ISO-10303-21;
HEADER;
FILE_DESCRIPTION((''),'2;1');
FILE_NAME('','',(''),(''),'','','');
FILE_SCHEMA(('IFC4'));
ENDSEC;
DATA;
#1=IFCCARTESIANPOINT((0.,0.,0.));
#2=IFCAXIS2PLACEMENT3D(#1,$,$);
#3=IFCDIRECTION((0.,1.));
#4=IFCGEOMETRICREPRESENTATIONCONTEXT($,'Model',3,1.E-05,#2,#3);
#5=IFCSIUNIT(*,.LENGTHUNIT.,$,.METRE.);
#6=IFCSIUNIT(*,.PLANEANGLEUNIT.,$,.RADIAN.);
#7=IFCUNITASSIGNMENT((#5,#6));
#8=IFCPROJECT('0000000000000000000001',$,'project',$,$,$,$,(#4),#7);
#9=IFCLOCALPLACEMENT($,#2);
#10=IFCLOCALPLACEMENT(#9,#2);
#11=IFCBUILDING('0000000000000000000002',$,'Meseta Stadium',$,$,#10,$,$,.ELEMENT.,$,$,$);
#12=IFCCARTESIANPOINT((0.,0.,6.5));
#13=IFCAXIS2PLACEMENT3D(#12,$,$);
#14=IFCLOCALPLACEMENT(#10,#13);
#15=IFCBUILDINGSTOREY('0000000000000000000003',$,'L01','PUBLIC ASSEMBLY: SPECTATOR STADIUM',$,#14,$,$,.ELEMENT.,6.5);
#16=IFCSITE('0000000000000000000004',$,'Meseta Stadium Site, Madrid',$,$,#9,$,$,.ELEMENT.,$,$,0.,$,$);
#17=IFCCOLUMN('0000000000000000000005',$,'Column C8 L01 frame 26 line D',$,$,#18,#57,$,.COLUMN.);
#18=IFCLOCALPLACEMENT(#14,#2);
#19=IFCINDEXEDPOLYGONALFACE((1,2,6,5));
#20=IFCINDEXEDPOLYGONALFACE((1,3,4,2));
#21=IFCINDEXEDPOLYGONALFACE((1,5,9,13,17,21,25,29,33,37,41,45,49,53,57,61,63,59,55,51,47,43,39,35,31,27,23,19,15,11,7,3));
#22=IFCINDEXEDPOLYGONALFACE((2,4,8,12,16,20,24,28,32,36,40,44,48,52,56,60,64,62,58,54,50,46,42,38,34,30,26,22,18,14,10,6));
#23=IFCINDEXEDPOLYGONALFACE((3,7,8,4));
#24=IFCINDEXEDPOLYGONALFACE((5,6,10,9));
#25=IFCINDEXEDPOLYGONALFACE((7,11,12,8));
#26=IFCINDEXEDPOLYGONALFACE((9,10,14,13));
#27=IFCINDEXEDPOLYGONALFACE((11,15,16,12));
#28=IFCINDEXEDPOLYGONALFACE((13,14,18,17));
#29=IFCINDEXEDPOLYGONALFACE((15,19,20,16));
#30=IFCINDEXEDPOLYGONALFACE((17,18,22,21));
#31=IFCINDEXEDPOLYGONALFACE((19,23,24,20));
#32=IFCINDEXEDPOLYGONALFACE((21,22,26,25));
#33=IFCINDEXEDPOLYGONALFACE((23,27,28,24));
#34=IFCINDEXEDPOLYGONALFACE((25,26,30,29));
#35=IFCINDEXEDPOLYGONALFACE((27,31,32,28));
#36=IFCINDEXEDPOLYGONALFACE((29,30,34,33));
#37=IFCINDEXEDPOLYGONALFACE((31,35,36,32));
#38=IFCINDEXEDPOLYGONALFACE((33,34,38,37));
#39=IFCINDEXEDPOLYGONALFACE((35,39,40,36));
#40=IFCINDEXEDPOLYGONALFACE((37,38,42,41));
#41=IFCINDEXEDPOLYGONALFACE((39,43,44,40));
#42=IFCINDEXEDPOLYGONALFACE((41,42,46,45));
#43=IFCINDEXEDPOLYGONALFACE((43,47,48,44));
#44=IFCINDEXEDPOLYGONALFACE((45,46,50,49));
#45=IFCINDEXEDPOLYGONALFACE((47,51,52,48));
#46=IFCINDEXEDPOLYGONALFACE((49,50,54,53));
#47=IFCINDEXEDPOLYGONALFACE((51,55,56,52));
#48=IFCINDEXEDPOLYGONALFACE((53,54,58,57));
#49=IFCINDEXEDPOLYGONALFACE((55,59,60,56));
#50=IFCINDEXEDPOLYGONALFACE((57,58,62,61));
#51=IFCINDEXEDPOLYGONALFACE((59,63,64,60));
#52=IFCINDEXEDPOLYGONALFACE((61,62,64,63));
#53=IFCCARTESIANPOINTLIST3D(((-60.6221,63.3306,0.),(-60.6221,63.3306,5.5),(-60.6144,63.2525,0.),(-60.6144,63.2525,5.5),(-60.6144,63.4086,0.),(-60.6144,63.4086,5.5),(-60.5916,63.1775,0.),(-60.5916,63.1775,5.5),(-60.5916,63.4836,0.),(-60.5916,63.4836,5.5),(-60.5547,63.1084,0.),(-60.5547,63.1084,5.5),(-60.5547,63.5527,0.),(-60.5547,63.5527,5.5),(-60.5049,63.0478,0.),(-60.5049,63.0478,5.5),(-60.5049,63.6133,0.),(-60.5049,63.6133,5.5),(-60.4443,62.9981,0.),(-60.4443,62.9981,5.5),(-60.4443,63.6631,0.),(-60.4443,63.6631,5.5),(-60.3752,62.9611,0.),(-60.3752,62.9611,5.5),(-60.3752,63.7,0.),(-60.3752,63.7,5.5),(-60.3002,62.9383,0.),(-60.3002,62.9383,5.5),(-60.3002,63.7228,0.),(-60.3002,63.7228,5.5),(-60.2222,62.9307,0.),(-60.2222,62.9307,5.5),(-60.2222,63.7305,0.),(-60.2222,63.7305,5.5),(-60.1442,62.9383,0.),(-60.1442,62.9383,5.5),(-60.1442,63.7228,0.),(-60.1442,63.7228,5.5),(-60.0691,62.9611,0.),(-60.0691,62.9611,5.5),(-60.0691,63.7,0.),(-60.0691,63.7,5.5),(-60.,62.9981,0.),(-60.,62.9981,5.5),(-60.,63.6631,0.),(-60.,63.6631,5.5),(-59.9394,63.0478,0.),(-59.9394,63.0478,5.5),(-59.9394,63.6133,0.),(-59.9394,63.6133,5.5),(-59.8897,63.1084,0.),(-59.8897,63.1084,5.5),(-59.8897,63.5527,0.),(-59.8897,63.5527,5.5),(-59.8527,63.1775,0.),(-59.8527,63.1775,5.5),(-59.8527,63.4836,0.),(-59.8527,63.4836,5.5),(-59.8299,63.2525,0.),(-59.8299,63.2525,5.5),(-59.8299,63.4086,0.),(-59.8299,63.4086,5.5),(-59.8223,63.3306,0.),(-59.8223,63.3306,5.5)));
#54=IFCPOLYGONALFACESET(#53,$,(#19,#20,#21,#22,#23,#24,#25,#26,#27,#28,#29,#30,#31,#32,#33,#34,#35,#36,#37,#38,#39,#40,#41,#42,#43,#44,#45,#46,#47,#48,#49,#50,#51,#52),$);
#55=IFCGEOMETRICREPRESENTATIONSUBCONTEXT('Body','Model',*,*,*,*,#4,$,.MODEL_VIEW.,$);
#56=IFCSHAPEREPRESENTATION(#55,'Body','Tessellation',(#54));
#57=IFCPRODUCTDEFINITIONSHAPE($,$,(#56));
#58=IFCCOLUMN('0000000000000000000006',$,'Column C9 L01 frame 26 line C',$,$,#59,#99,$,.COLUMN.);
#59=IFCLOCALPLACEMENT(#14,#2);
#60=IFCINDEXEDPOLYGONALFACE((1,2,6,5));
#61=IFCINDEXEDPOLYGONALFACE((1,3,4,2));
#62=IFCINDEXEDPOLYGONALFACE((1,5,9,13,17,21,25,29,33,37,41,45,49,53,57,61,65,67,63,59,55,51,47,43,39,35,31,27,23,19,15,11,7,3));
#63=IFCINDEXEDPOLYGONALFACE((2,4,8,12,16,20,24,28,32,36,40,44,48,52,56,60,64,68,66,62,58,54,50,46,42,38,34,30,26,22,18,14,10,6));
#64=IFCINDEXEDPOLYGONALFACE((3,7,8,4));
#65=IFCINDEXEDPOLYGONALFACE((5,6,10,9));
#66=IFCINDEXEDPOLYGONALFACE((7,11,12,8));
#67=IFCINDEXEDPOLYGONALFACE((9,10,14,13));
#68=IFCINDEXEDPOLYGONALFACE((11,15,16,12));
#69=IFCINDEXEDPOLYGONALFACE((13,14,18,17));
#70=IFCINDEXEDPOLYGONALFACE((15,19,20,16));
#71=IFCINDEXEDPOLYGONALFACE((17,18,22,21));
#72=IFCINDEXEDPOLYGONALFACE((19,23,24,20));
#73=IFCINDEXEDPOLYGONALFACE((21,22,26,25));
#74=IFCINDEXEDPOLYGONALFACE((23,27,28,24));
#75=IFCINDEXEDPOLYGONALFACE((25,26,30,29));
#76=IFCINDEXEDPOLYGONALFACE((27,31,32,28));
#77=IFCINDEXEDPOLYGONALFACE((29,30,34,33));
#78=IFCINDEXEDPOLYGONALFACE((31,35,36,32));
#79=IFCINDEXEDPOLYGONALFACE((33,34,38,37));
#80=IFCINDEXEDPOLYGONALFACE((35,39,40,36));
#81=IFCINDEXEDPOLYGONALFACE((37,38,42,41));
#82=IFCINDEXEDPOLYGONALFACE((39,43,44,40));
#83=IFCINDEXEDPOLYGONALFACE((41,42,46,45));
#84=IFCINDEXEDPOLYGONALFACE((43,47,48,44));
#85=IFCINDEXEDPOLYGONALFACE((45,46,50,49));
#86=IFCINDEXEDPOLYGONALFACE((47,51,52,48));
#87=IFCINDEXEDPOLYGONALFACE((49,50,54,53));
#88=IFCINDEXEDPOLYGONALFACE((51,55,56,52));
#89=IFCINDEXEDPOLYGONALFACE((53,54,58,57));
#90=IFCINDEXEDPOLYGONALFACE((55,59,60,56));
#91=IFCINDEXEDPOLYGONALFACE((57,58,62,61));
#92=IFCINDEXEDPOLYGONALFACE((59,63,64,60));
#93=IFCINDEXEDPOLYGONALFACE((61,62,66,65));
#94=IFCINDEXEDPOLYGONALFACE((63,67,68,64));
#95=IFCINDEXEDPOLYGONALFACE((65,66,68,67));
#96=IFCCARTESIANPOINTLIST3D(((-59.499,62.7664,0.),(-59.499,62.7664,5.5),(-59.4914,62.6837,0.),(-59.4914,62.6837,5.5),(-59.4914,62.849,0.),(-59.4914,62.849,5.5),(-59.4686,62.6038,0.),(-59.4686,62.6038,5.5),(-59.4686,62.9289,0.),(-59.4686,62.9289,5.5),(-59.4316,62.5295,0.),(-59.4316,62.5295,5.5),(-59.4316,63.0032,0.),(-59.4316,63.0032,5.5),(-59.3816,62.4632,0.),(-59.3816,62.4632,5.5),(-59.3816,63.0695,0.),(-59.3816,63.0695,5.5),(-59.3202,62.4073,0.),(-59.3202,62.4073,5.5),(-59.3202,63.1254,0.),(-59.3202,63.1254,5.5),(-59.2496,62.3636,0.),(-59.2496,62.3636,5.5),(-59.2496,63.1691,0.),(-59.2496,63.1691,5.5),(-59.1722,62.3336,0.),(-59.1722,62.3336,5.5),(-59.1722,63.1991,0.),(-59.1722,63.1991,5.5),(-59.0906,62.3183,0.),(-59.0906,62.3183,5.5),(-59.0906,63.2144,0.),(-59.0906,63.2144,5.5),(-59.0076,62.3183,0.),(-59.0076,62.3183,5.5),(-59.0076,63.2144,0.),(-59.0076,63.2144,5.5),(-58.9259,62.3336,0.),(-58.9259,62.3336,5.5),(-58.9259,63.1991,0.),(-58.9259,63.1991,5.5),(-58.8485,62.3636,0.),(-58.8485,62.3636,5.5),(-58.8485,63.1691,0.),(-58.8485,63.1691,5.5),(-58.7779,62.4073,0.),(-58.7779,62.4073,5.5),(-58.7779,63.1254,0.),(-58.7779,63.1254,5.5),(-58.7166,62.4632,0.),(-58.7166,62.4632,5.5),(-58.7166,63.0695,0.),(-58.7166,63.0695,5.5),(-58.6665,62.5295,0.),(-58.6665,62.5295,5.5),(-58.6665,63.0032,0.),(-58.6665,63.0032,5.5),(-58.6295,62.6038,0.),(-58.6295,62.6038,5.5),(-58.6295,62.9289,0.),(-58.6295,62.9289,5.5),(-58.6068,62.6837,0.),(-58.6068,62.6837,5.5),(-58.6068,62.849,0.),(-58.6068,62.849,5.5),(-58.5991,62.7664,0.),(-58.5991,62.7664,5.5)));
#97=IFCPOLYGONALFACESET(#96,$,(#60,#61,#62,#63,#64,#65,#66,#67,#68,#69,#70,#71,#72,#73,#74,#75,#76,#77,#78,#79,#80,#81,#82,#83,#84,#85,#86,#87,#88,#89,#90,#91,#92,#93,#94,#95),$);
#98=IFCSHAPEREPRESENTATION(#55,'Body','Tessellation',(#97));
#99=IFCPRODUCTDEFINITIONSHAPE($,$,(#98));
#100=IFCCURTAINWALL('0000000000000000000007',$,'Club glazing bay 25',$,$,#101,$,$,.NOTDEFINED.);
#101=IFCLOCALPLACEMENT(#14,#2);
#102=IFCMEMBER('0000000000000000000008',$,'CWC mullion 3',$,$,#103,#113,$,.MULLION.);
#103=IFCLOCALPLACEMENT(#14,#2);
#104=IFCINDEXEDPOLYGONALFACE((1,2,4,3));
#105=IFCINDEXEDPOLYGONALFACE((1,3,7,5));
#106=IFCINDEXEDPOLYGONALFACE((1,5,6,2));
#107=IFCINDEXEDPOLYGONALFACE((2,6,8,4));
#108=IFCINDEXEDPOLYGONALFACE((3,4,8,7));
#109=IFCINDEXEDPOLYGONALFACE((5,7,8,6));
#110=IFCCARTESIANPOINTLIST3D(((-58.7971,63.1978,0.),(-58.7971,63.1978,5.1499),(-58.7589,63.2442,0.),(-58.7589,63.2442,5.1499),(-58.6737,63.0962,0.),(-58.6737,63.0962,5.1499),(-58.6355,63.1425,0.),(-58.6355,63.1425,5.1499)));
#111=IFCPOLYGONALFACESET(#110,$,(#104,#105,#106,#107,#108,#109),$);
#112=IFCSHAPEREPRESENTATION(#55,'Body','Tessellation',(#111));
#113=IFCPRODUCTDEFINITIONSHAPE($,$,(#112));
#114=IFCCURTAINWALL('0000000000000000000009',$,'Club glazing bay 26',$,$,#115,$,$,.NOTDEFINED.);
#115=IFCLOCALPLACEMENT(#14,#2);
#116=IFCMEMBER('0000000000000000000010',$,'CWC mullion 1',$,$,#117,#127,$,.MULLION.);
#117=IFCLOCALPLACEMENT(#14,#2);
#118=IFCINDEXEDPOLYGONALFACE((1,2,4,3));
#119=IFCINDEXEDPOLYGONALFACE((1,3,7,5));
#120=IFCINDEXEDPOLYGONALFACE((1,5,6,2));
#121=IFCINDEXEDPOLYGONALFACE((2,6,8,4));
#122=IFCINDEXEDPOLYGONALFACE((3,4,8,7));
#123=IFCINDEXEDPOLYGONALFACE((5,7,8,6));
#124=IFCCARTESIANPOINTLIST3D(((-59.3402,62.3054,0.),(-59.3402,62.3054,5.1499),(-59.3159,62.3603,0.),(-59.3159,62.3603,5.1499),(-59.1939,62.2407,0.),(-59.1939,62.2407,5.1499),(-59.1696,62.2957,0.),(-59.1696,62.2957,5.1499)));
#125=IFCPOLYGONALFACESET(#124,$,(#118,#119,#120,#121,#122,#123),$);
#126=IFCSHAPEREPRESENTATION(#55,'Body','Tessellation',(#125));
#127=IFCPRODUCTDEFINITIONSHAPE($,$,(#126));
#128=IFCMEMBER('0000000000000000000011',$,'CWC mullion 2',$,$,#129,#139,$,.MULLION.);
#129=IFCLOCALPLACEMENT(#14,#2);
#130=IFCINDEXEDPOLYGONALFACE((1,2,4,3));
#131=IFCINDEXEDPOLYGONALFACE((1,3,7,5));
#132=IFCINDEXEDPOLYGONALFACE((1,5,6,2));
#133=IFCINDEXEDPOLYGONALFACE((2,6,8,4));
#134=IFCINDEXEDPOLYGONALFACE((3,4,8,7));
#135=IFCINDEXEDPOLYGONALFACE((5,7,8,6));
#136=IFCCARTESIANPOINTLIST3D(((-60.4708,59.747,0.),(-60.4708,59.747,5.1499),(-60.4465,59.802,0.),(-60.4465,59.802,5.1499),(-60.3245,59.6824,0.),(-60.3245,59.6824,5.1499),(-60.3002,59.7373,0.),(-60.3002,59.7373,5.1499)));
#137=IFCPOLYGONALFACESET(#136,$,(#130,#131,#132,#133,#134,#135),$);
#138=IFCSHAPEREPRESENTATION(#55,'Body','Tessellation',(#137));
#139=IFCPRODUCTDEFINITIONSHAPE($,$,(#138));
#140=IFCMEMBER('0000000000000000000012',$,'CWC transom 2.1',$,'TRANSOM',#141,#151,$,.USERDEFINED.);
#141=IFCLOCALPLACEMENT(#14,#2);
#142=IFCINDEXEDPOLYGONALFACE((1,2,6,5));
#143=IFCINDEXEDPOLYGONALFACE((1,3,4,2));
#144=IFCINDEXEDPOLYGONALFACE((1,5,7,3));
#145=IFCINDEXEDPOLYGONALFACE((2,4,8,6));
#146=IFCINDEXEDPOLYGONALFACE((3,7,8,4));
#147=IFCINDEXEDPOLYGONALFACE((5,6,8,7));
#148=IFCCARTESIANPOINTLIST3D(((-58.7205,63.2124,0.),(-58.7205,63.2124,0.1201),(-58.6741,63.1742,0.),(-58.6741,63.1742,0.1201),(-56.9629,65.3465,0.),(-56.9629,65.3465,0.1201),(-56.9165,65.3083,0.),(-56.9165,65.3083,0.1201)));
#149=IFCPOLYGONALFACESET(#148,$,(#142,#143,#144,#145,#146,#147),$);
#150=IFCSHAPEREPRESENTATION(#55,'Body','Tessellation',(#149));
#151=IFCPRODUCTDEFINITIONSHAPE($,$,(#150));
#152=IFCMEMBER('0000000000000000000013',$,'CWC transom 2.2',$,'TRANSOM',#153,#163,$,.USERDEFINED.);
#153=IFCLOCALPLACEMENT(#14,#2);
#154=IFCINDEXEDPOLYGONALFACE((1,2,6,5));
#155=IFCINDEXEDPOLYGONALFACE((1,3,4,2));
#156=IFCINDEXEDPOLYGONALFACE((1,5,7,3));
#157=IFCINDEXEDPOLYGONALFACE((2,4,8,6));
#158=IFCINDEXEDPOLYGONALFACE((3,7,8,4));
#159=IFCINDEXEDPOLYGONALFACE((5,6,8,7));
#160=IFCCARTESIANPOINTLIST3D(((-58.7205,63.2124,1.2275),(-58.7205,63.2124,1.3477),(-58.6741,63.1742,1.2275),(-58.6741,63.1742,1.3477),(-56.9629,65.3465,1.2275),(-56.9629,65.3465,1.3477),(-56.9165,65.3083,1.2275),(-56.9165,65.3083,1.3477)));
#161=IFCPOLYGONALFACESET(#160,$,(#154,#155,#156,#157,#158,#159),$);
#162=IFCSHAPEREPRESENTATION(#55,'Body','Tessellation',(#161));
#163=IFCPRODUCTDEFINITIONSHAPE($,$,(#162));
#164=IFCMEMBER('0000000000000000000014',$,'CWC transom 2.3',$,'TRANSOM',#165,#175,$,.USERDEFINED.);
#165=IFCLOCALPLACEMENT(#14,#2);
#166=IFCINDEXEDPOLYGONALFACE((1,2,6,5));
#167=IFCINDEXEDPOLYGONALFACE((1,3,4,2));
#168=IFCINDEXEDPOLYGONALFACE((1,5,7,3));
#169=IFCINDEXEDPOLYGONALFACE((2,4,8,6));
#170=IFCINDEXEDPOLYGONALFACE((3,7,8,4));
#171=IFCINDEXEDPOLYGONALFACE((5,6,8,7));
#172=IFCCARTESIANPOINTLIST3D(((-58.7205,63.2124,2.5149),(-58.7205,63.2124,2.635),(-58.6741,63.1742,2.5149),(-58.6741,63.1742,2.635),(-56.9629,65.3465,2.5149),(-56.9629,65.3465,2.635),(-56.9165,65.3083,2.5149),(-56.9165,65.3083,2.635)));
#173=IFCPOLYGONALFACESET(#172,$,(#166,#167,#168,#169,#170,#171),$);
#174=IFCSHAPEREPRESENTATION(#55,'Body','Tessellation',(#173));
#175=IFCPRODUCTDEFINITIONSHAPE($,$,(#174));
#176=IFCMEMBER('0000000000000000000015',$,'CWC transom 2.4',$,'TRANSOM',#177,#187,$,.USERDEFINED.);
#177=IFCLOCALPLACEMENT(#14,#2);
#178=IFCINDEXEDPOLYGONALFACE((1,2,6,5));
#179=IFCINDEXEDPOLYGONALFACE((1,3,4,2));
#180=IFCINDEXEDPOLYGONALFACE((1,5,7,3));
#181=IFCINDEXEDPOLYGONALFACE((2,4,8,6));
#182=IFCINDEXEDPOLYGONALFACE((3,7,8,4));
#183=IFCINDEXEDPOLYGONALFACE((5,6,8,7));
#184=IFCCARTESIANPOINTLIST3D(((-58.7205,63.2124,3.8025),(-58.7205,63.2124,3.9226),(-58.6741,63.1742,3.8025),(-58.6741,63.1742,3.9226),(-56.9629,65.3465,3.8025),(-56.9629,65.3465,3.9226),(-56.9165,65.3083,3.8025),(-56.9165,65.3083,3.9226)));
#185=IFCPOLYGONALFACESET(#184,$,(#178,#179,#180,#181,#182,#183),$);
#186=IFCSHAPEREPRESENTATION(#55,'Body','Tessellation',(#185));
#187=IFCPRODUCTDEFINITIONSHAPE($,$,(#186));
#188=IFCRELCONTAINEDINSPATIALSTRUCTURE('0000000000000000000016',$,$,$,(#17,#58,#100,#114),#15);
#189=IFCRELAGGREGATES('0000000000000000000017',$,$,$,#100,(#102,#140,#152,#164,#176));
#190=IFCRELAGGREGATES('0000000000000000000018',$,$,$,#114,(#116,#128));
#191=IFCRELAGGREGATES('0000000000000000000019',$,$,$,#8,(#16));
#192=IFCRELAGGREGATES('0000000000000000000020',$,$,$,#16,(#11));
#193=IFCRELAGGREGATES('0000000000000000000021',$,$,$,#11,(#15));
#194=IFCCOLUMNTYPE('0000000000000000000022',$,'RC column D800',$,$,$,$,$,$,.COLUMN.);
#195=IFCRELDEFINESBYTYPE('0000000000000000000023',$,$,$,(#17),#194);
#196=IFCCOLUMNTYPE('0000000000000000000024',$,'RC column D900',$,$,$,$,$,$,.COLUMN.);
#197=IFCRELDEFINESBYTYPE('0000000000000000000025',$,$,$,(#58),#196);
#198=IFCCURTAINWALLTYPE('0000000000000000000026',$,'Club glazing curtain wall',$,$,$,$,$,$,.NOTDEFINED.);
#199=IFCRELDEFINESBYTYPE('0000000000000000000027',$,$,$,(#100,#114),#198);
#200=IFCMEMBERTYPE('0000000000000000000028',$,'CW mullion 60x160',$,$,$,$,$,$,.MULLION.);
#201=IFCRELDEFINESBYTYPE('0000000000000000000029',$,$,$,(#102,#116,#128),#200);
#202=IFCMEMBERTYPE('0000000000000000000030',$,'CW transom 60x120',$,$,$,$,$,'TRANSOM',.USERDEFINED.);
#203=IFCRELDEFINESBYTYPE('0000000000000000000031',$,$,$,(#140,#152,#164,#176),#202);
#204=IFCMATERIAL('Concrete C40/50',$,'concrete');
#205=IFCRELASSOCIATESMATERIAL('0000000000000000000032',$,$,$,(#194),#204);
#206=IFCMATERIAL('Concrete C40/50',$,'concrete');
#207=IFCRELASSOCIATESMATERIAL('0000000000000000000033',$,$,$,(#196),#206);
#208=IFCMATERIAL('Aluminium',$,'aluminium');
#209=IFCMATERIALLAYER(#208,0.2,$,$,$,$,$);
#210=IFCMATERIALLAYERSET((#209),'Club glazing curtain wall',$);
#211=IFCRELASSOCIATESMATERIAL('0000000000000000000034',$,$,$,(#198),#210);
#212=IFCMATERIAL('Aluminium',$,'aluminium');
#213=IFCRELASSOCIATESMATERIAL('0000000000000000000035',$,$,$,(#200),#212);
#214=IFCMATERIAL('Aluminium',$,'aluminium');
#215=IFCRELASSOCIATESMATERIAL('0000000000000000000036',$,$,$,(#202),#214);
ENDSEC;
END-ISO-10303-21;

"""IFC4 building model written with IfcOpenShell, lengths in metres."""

from ifc_helpers import new_model, si_unit, direction, frame, origin, origin_2d, place, context, subcontext, project, spatial, rectangle, circle, extrude, material, layer, layer_set, material_profile, profile_set, type_object, element, aggregate, save


model = new_model("IFC4")

# Units and contexts
model_context = context("Model", 3, precision=1e-05, world=origin(), true_north=direction((0.0, 1.0)))
body_context = subcontext(model_context, "Body", "Model", "MODEL_VIEW")
ifc_project = project(units=[si_unit("LENGTHUNIT", "METRE"), si_unit("PLANEANGLEUNIT", "RADIAN")], contexts=[model_context])

# Site, building, storey
site_placement = place(None, origin())
site = spatial("IfcSite", under=ifc_project, at=site_placement, Name="Meseta Stadium Site, Madrid", CompositionType="ELEMENT", RefElevation=0.0)
building_placement = place(site_placement, origin())
building = spatial("IfcBuilding", under=site, at=building_placement, Name="Meseta Stadium", CompositionType="ELEMENT")
storey_placement = place(building_placement, frame((0.0, 0.0, 6.5)))
storey = spatial("IfcBuildingStorey", under=building, at=storey_placement, Name="L01", Description="PUBLIC ASSEMBLY: SPECTATOR STADIUM", CompositionType="ELEMENT", Elevation=6.5)

# Columns
ifc_material_1 = material(Name="Concrete C40/50", Category="concrete")
ifc_material_profile_1 = material_profile(ifc_material_1, circle(Radius=0.3999, at=origin_2d()), Name="RC D800")
ifc_profile_set_1 = profile_set([ifc_material_profile_1], Name="Concrete C40/50")
column_type_1 = type_object("IfcColumnType", Name="RC column D800", PredefinedType="COLUMN", material=ifc_profile_set_1)
column_1_placement = place(storey_placement, frame((-60.2222, 63.3306, 0.0), z_axis=(0.0, 0.0, 1.0), x_axis=(1.0, 0.0, 0.0)))
element("IfcColumn", 1, at=column_1_placement, inside=storey, type_object=column_type_1, Name="Column C8 L01 frame 26 line D", PredefinedType="COLUMN", context=body_context, shape_type="SweptSolid", body=[
    extrude(circle(Radius=0.3999, at=origin_2d()), origin(), (0.0, 0.0, 1.0), 5.5),
])
ifc_material_2 = material(Name="Concrete C40/50", Category="concrete")
ifc_material_profile_2 = material_profile(ifc_material_2, circle(Radius=0.45, at=origin_2d()), Name="RC D900")
ifc_profile_set_2 = profile_set([ifc_material_profile_2], Name="Concrete C40/50")
column_type_2 = type_object("IfcColumnType", Name="RC column D900", PredefinedType="COLUMN", material=ifc_profile_set_2)
column_2_placement = place(storey_placement, frame((-59.0491, 62.7664, 0.0), z_axis=(0.0, 0.0, 1.0), x_axis=(1.0, 0.0, 0.0)))
element("IfcColumn", 2, at=column_2_placement, inside=storey, type_object=column_type_2, Name="Column C9 L01 frame 26 line C", PredefinedType="COLUMN", context=body_context, shape_type="SweptSolid", body=[
    extrude(circle(Radius=0.45, at=origin_2d()), origin(), (0.0, 0.0, 1.0), 5.5),
])

# Curtain wall, member
ifc_material_3 = material(Name="Aluminium", Category="aluminium")
ifc_layer_1 = layer(ifc_material_3, 0.2)
ifc_layer_set_1 = layer_set([ifc_layer_1], Name="Club glazing curtain wall")
curtain_wall_type = type_object("IfcCurtainWallType", Name="Club glazing curtain wall", PredefinedType="NOTDEFINED", material=ifc_layer_set_1)
curtain_wall_1_placement = place(storey_placement, origin())
curtain_wall_1 = element("IfcCurtainWall", 3, at=curtain_wall_1_placement, inside=storey, type_object=curtain_wall_type, Name="Club glazing bay 25", PredefinedType="NOTDEFINED")
ifc_material_4 = material(Name="Aluminium", Category="aluminium")
ifc_material_profile_3 = material_profile(ifc_material_4, rectangle(XDim=0.1599, YDim=0.0601, at=origin_2d()), Name="CW 160x60")
ifc_profile_set_3 = profile_set([ifc_material_profile_3], Name="Aluminium")
member_type_1 = type_object("IfcMemberType", Name="CW mullion 60x160", PredefinedType="MULLION", material=ifc_profile_set_3)
member_1_placement = place(storey_placement, frame((-58.7163, 63.1702, 0.0), z_axis=(0.0, 0.0, 1.0), x_axis=(0.771902, -0.635741, 0.0)))
member_1 = element("IfcMember", 4, at=member_1_placement, type_object=member_type_1, Name="CWC mullion 3", PredefinedType="MULLION", context=body_context, shape_type="SweptSolid", body=[
    extrude(rectangle(XDim=0.1599, YDim=0.0601, at=origin_2d()), origin(), (0.0, 0.0, 1.0), 5.1499),
])

# Curtain wall, members
curtain_wall_2_placement = place(storey_placement, origin())
curtain_wall_2 = element("IfcCurtainWall", 5, at=curtain_wall_2_placement, inside=storey, type_object=curtain_wall_type, Name="Club glazing bay 26", PredefinedType="NOTDEFINED")
member_2_placement = place(storey_placement, frame((-59.2549, 62.3005, 0.0), z_axis=(0.0, 0.0, 1.0), x_axis=(0.914657, -0.40423, 0.0)))
member_2 = element("IfcMember", 6, at=member_2_placement, type_object=member_type_1, Name="CWC mullion 1", PredefinedType="MULLION", context=body_context, shape_type="SweptSolid", body=[
    extrude(rectangle(XDim=0.1599, YDim=0.0601, at=origin_2d()), origin(), (0.0, 0.0, 1.0), 5.1499),
])
member_3_placement = place(storey_placement, frame((-60.3855, 59.7422, 0.0), z_axis=(0.0, 0.0, 1.0), x_axis=(0.914657, -0.40423, 0.0)))
member_3 = element("IfcMember", 7, at=member_3_placement, type_object=member_type_1, Name="CWC mullion 2", PredefinedType="MULLION", context=body_context, shape_type="SweptSolid", body=[
    extrude(rectangle(XDim=0.1599, YDim=0.0601, at=origin_2d()), origin(), (0.0, 0.0, 1.0), 5.1499),
])

# Members
ifc_material_5 = material(Name="Aluminium", Category="aluminium")
ifc_material_profile_4 = material_profile(ifc_material_5, rectangle(XDim=0.0601, YDim=0.1201, at=origin_2d()), Name="CW 60x120")
ifc_profile_set_4 = profile_set([ifc_material_profile_4], Name="Aluminium")
member_type_2 = type_object("IfcMemberType", Name="CW transom 60x120", ElementType="TRANSOM", PredefinedType="USERDEFINED", material=ifc_profile_set_4)
member_4_placement = place(storey_placement, frame((-56.9397, 65.3274, 0.0601), z_axis=(-0.635735, -0.771907, 0.0), x_axis=(0.771907, -0.635735, 0.0)))
member_4 = element("IfcMember", 8, at=member_4_placement, type_object=member_type_2, Name="CWC transom 2.1", ObjectType="TRANSOM", PredefinedType="USERDEFINED", context=body_context, shape_type="SweptSolid", body=[
    extrude(rectangle(XDim=0.0601, YDim=0.1201, at=origin_2d()), origin(), (0.0, 0.0, 1.0), 2.7646),
])
member_5_placement = place(storey_placement, frame((-56.9397, 65.3274, 1.2876), z_axis=(-0.635735, -0.771907, 0.0), x_axis=(0.771907, -0.635735, 0.0)))
member_5 = element("IfcMember", 9, at=member_5_placement, type_object=member_type_2, Name="CWC transom 2.2", ObjectType="TRANSOM", PredefinedType="USERDEFINED", context=body_context, shape_type="SweptSolid", body=[
    extrude(rectangle(XDim=0.0601, YDim=0.1201, at=origin_2d()), origin(), (0.0, 0.0, 1.0), 2.7646),
])
member_6_placement = place(storey_placement, frame((-56.9397, 65.3274, 2.575), z_axis=(-0.635735, -0.771907, 0.0), x_axis=(0.771907, -0.635735, 0.0)))
member_6 = element("IfcMember", 10, at=member_6_placement, type_object=member_type_2, Name="CWC transom 2.3", ObjectType="TRANSOM", PredefinedType="USERDEFINED", context=body_context, shape_type="SweptSolid", body=[
    extrude(rectangle(XDim=0.0601, YDim=0.1201, at=origin_2d()), origin(), (0.0, 0.0, 1.0), 2.7646),
])
member_7_placement = place(storey_placement, frame((-56.9397, 65.3274, 3.8625), z_axis=(-0.635735, -0.771907, 0.0), x_axis=(0.771907, -0.635735, 0.0)))
member_7 = element("IfcMember", 11, at=member_7_placement, type_object=member_type_2, Name="CWC transom 2.4", ObjectType="TRANSOM", PredefinedType="USERDEFINED", context=body_context, shape_type="SweptSolid", body=[
    extrude(rectangle(XDim=0.0601, YDim=0.1201, at=origin_2d()), origin(), (0.0, 0.0, 1.0), 2.7646),
])

aggregate(curtain_wall_1, [member_1, member_4, member_5, member_6, member_7])
aggregate(curtain_wall_2, [member_2, member_3])

save(model, "model.ifc")
